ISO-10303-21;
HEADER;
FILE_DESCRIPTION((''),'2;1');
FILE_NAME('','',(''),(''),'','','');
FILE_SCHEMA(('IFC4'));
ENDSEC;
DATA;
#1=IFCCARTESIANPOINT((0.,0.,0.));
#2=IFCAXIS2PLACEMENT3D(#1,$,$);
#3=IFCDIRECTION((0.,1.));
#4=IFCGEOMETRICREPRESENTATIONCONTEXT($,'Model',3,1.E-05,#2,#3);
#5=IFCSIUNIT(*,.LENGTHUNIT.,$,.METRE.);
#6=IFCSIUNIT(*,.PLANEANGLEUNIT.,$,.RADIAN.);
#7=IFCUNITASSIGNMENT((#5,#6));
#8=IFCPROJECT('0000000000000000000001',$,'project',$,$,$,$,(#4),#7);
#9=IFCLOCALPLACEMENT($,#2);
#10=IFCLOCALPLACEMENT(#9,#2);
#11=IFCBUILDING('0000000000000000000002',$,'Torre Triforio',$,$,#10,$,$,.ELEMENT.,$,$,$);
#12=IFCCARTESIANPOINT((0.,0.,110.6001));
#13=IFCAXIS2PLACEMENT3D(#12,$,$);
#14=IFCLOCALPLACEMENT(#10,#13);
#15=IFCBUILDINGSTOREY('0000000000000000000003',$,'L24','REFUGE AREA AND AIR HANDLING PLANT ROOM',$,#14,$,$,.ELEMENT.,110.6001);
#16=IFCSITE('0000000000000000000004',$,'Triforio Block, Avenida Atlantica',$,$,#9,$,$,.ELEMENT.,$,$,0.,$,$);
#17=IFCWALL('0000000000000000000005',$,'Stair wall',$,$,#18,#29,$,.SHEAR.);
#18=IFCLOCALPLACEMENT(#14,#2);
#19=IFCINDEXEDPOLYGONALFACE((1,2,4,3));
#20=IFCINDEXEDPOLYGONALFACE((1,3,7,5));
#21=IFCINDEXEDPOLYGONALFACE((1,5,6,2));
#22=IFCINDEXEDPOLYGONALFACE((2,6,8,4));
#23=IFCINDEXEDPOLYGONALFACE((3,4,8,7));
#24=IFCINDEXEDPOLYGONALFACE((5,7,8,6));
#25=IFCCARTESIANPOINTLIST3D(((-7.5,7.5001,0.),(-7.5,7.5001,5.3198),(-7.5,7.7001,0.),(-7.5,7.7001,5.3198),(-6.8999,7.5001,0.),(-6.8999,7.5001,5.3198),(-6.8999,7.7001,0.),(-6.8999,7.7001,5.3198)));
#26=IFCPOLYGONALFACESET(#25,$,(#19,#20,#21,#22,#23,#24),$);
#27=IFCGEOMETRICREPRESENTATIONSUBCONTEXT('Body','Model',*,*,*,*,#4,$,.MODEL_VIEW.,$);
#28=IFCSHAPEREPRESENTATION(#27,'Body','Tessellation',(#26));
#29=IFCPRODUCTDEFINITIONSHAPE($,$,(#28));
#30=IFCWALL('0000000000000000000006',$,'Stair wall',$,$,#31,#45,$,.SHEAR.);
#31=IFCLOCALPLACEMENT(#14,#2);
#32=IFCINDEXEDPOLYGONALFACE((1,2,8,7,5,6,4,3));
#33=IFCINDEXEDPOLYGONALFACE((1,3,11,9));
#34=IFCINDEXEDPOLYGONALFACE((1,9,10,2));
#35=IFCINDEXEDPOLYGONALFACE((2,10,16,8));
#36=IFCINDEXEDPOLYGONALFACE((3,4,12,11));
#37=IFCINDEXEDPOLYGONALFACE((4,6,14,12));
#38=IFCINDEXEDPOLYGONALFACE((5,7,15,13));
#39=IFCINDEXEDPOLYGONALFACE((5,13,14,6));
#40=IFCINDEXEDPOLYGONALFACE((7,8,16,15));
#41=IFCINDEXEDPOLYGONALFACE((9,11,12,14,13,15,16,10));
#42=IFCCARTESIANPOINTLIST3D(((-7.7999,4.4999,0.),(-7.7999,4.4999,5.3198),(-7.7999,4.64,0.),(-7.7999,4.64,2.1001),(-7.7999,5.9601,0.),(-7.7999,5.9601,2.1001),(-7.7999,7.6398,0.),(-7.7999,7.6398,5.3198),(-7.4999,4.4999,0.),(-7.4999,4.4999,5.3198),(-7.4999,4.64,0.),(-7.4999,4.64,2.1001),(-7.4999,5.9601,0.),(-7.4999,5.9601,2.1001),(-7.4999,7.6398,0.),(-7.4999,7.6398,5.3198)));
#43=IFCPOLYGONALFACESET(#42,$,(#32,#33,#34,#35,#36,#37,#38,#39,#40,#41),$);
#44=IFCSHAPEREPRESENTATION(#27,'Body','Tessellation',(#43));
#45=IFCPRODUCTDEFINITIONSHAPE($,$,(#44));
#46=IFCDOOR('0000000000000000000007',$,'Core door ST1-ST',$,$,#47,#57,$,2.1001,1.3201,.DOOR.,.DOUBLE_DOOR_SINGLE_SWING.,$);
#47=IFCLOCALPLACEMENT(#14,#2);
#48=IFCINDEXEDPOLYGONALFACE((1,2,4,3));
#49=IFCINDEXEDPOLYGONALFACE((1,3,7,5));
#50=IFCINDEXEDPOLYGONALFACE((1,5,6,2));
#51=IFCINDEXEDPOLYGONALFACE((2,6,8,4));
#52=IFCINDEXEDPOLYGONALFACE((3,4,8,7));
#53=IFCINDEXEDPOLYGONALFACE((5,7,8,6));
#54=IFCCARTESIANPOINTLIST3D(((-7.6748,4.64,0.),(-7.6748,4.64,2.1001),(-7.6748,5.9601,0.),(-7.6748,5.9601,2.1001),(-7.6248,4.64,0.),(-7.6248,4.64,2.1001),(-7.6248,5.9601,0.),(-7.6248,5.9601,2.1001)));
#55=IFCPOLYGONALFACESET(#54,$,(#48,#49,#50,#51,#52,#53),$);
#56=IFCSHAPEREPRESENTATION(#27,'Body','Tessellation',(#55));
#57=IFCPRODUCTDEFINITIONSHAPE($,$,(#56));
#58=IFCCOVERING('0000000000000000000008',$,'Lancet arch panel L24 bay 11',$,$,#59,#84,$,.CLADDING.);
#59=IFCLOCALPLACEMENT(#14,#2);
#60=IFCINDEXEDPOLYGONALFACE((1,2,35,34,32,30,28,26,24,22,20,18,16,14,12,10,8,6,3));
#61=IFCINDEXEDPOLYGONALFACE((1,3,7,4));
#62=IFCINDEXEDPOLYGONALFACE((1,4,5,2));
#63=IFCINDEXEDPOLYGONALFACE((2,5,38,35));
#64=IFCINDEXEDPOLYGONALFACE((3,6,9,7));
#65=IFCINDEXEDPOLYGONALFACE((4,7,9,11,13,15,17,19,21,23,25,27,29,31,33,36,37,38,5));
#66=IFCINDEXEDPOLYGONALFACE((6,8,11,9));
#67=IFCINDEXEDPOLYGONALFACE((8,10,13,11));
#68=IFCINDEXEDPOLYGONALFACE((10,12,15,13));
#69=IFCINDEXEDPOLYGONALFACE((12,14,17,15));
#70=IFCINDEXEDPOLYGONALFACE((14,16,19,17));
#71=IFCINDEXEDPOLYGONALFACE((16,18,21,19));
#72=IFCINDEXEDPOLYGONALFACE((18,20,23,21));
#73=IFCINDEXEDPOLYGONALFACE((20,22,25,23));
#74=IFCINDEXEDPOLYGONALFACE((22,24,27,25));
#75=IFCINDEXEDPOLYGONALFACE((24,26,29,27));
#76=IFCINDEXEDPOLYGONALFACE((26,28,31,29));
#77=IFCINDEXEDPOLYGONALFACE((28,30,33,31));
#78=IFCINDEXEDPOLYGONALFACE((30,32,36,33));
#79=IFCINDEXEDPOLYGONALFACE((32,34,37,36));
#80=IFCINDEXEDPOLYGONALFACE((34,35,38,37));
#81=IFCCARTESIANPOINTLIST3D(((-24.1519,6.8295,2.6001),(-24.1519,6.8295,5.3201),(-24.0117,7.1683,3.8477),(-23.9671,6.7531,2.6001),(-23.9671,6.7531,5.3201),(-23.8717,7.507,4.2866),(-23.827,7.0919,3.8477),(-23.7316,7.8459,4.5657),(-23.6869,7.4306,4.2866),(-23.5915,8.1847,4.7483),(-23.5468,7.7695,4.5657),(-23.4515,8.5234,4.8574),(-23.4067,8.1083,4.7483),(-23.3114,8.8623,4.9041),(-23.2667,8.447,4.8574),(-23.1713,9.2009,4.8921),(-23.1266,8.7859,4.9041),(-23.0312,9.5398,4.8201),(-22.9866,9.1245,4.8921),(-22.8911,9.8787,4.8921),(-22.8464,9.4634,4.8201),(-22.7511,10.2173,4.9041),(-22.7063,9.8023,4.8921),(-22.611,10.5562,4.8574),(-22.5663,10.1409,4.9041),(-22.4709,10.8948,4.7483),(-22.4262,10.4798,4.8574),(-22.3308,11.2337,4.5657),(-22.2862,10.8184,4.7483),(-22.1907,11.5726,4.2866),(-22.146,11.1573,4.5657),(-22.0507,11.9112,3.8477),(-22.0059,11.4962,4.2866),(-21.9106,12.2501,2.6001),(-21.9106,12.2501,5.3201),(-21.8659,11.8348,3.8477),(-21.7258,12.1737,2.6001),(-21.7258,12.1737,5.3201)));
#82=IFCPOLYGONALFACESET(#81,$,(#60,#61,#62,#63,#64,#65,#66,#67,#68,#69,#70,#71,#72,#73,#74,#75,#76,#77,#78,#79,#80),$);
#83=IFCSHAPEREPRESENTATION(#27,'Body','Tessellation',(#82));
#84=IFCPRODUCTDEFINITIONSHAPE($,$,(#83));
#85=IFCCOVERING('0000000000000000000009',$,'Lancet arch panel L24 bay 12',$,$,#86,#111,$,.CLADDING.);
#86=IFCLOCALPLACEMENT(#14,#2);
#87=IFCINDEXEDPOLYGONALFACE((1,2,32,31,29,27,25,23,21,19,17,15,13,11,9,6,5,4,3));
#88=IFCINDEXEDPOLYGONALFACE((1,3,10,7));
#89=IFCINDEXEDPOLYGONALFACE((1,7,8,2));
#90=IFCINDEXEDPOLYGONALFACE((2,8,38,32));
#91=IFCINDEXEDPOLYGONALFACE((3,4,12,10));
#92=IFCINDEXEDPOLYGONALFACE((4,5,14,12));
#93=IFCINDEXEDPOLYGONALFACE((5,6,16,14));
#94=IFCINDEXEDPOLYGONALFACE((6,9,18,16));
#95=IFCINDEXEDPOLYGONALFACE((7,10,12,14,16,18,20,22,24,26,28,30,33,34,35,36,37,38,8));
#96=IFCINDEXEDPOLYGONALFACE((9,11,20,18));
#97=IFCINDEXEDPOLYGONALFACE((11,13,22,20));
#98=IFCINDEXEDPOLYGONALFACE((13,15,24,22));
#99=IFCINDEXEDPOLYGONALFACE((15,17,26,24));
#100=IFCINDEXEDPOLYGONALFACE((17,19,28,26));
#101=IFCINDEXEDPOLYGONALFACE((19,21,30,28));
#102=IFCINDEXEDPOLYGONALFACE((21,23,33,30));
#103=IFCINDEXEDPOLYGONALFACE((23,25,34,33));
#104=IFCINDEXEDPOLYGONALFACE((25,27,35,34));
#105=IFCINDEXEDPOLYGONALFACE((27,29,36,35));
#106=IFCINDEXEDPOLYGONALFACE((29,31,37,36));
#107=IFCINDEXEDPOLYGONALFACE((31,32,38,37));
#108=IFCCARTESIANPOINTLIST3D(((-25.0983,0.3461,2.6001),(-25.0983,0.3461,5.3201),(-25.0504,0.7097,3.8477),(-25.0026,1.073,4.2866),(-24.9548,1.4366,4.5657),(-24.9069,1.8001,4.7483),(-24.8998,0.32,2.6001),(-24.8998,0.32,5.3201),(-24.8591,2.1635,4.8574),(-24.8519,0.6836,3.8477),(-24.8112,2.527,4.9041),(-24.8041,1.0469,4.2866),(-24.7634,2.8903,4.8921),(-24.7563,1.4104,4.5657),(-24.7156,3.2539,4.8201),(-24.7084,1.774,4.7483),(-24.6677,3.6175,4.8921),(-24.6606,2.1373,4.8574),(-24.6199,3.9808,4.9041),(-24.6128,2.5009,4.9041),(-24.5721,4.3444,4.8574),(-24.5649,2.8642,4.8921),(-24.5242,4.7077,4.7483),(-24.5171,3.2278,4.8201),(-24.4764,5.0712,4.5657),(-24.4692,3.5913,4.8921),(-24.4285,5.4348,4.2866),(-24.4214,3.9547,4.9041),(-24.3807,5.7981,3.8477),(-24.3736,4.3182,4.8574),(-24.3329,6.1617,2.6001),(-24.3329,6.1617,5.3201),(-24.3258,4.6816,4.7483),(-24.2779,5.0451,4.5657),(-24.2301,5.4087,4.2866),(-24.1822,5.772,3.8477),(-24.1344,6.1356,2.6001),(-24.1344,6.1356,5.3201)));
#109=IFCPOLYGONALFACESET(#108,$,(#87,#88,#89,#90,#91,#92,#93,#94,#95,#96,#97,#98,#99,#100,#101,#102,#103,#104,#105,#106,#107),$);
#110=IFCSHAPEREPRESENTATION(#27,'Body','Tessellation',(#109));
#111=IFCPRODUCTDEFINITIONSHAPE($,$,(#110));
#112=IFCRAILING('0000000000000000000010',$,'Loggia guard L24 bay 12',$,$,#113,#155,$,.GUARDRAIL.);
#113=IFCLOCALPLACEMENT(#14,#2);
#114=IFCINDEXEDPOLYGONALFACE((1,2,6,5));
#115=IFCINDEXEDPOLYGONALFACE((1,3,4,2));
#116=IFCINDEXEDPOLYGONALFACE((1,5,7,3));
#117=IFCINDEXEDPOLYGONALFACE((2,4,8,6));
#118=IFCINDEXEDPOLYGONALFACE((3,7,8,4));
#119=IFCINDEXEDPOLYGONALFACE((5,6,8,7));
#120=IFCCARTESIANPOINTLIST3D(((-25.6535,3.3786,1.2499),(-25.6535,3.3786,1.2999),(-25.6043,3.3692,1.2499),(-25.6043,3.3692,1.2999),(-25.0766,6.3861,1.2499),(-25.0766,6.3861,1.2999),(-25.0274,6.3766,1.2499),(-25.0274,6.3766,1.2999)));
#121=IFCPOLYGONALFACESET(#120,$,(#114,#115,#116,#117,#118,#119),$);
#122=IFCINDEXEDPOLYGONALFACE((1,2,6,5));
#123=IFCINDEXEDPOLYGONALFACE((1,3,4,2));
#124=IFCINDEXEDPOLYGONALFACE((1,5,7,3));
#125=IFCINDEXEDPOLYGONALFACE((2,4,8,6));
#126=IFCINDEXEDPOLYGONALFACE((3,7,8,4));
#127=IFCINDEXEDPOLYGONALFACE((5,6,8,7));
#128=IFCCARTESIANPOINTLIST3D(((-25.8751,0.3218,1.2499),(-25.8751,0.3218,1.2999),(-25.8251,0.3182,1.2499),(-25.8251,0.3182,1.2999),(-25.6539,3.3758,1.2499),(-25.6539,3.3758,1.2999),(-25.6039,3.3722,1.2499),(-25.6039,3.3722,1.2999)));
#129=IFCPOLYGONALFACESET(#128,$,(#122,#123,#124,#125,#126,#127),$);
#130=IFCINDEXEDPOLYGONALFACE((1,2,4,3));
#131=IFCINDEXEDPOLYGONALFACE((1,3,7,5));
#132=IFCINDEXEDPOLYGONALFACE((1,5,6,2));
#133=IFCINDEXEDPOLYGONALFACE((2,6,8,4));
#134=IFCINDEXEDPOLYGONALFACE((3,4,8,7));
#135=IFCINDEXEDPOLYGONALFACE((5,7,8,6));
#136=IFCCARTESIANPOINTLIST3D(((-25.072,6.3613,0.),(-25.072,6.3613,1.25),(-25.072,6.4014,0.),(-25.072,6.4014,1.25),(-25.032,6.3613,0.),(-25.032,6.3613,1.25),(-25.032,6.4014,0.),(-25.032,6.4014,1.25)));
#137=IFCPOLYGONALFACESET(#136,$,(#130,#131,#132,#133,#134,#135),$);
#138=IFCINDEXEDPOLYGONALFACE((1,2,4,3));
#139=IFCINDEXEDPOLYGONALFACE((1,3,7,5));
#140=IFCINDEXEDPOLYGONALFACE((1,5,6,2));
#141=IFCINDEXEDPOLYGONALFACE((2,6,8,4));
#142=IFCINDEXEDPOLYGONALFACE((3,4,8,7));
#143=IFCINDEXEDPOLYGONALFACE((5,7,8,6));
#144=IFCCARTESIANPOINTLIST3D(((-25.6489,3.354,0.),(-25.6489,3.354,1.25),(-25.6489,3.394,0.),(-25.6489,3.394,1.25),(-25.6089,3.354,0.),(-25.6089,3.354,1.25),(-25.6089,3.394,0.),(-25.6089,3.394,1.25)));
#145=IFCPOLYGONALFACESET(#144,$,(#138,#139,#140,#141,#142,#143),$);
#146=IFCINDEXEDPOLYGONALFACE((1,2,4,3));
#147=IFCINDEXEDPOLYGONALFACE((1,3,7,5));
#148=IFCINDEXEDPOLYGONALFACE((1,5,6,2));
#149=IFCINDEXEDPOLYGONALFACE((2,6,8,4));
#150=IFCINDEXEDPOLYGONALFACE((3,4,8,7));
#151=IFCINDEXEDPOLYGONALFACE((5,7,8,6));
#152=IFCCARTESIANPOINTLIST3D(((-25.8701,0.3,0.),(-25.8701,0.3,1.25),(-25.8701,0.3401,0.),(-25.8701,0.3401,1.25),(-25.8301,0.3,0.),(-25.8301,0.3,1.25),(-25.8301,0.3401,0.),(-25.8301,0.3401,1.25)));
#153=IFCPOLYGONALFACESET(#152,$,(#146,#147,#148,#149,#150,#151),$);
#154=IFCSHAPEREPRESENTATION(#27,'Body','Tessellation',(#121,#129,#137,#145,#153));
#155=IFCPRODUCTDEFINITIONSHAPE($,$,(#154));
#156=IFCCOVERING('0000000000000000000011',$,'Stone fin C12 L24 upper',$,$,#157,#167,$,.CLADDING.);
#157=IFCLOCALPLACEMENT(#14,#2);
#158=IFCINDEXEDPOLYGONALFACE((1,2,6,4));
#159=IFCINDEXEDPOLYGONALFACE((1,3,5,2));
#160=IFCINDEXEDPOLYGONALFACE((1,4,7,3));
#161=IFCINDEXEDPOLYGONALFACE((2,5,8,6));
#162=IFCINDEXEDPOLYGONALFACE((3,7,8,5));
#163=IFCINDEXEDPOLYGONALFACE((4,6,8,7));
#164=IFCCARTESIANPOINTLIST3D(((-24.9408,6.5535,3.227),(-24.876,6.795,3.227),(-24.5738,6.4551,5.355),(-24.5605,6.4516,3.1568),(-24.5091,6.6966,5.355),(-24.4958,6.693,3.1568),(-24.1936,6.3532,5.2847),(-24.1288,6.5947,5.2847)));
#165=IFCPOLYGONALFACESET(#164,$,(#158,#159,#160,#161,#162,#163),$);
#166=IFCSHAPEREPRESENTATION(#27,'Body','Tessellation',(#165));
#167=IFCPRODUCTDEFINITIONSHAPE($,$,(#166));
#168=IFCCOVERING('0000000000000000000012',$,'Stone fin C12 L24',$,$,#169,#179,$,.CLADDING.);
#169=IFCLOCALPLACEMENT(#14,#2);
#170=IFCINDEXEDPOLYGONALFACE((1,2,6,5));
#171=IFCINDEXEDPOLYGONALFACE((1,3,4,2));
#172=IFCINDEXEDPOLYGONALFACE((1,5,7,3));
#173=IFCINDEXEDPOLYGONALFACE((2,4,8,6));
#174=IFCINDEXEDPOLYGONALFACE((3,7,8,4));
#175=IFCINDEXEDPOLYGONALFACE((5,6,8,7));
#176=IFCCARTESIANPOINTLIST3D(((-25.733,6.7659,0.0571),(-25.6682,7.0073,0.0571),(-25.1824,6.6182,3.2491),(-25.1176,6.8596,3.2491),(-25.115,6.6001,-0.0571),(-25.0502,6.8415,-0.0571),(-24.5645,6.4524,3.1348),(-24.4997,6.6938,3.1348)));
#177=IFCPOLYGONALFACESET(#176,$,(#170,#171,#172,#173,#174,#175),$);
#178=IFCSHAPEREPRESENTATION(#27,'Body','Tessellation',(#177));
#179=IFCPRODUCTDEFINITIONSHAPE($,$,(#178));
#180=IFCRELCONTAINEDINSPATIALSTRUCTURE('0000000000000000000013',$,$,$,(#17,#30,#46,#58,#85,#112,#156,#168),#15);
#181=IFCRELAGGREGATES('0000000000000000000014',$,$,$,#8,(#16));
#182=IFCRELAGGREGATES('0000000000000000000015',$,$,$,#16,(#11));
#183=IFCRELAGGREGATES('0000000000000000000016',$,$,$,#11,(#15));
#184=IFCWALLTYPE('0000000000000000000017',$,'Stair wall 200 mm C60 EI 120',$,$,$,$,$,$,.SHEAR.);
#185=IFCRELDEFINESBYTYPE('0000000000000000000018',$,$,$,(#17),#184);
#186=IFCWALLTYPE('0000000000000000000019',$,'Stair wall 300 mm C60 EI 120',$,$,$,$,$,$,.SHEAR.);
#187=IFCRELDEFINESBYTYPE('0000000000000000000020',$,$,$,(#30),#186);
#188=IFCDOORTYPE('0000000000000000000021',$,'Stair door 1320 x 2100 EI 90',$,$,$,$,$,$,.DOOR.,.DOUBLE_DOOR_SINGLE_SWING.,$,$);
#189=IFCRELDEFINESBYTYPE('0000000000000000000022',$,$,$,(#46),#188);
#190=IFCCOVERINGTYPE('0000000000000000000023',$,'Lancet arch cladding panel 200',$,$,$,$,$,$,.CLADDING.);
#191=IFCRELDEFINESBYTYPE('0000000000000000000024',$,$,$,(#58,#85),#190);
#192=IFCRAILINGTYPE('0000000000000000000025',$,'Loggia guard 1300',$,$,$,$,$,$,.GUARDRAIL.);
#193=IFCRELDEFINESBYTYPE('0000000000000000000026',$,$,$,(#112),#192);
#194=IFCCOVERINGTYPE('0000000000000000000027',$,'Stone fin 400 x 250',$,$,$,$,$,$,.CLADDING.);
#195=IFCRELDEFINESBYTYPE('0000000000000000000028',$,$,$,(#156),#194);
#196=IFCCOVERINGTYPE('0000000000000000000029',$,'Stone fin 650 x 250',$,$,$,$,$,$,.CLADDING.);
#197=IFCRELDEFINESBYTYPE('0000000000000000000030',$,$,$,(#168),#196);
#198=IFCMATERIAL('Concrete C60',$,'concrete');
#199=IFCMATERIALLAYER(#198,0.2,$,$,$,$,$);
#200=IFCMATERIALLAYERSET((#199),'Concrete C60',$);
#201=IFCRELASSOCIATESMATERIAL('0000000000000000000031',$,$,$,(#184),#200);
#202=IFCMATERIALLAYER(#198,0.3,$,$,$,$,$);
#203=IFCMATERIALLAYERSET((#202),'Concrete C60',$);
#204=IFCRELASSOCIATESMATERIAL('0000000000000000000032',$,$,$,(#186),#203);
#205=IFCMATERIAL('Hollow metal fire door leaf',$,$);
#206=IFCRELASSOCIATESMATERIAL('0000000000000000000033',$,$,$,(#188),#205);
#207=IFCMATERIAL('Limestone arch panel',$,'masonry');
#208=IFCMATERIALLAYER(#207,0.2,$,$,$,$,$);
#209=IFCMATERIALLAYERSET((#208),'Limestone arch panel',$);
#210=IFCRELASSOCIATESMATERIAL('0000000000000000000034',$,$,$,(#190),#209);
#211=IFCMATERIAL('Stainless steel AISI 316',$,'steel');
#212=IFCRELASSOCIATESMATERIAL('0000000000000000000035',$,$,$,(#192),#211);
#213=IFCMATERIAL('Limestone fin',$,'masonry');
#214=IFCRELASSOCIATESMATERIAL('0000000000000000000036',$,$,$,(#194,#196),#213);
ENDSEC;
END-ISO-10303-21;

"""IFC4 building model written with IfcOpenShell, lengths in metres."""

from ifc_helpers import new_model, si_unit, direction, frame, frame_2d, origin, origin_2d, place, context, subcontext, project, spatial, polyline, rectangle, outline, extrude, material, layer, layer_set, material_profile, profile_set, type_object, element, fill, save


model = new_model("IFC4")

# Units and contexts
model_context = context("Model", 3, precision=1e-05, world=origin(), true_north=direction((0.0, 1.0)))
body_context = subcontext(model_context, "Body", "Model", "MODEL_VIEW")
ifc_project = project(units=[si_unit("LENGTHUNIT", "METRE"), si_unit("PLANEANGLEUNIT", "RADIAN")], contexts=[model_context])

# Site, building, storey
site_placement = place(None, origin())
site = spatial("IfcSite", under=ifc_project, at=site_placement, Name="Triforio Block, Avenida Atlantica", CompositionType="ELEMENT", RefElevation=0.0)
building_placement = place(site_placement, origin())
building = spatial("IfcBuilding", under=site, at=building_placement, Name="Torre Triforio", CompositionType="ELEMENT")
storey_placement = place(building_placement, frame((0.0, 0.0, 110.6001)))
storey = spatial("IfcBuildingStorey", under=building, at=storey_placement, Name="L24", Description="REFUGE AREA AND AIR HANDLING PLANT ROOM", CompositionType="ELEMENT", Elevation=110.6001)

# Shared definitions
ifc_material_1 = material(Name="Concrete C60", Category="concrete")

# Shared definitions
ifc_material_2 = material(Name="Hollow metal fire door leaf")

# Wall
ifc_layer_1 = layer(ifc_material_1, 0.2)
ifc_layer_set_1 = layer_set([ifc_layer_1], Name="Concrete C60")
wall_type_1 = type_object("IfcWallType", Name="Stair wall 200 mm C60 EI 120", PredefinedType="SHEAR", material=ifc_layer_set_1)
wall_1_placement = place(storey_placement, frame((-7.5, 7.6001, 0.0), z_axis=(0.0, 0.0, 1.0), x_axis=(1.0, 0.0, 0.0)))
element("IfcWall", 1, at=wall_1_placement, inside=storey, type_object=wall_type_1, Name="Stair wall", PredefinedType="SHEAR", context=body_context, shape_type="SweptSolid", body=[
    extrude(rectangle(XDim=0.6001, YDim=0.2, at=frame_2d((0.3, 0.0))), origin(), (0.0, 0.0, 1.0), 5.3198),
])

# Wall, opening, door
ifc_layer_2 = layer(ifc_material_1, 0.3)
ifc_layer_set_2 = layer_set([ifc_layer_2], Name="Concrete C60")
wall_type_2 = type_object("IfcWallType", Name="Stair wall 300 mm C60 EI 120", PredefinedType="SHEAR", material=ifc_layer_set_2)
wall_2_placement = place(storey_placement, frame((-7.6499, 4.5, 0.0), z_axis=(0.0, 0.0, 1.0), x_axis=(0.0, 1.0, 0.0)))
wall_2 = element("IfcWall", 2, at=wall_2_placement, inside=storey, type_object=wall_type_2, Name="Stair wall", PredefinedType="SHEAR", context=body_context, shape_type="SweptSolid", body=[
    extrude(rectangle(XDim=3.1399, YDim=0.3, at=frame_2d((1.5698, 0.0))), origin(), (0.0, 0.0, 1.0), 5.3198),
])
opening_1_placement = place(wall_2_placement, frame((0.1399, 0.0, 0.0)))
opening_1 = element("IfcOpeningElement", 3, at=opening_1_placement, cuts=wall_2, PredefinedType="OPENING", context=body_context, shape_type="SweptSolid", body=[
    extrude(rectangle(XDim=1.3201, YDim=2.1001, at=frame_2d((0.6602, 1.05))), frame((0.0, 0.1599, 0.0), z_axis=(0.0, -1.0, 0.0), x_axis=(1.0, 0.0, 0.0)), (0.0, 0.0, 1.0), 0.3201),
])
door_type_1 = type_object("IfcDoorType", Name="Stair door 1320 x 2100 EI 90", OperationType="DOUBLE_DOOR_SINGLE_SWING", PredefinedType="DOOR", material=ifc_material_2)
door_1_placement = place(opening_1_placement, origin())
door_1 = element("IfcDoor", 4, at=door_1_placement, inside=storey, type_object=door_type_1, Name="Core door ST1-ST", OperationType="DOUBLE_DOOR_SINGLE_SWING", OverallHeight=2.1001, OverallWidth=1.3201, PredefinedType="DOOR", context=body_context, shape_type="SweptSolid", body=[
    extrude(rectangle(XDim=1.3201, YDim=2.1001, at=frame_2d((0.6602, 1.05))), frame((0.0, 0.0249, 0.0), z_axis=(0.0, -1.0, 0.0), x_axis=(1.0, 0.0, 0.0)), (0.0, 0.0, 1.0), 0.05),
])
fill(opening_1, door_1)

# Coverings
ifc_material_3 = material(Name="Limestone arch panel", Category="masonry")
ifc_layer_3 = layer(ifc_material_3, 0.2)
ifc_layer_set_3 = layer_set([ifc_layer_3], Name="Limestone arch panel")
covering_type_1 = type_object("IfcCoveringType", Name="Lancet arch cladding panel 200", PredefinedType="CLADDING", material=ifc_layer_set_3)
covering_1_placement = place(storey_placement, frame((-22.8464, 9.4634, 0.0), z_axis=(-0.924121, 0.3821, 0.0), x_axis=(-0.3821, -0.924121, 0.0)))
element("IfcCovering", 5, at=covering_1_placement, inside=storey, type_object=covering_type_1, Name="Lancet arch panel L24 bay 11", PredefinedType="CLADDING", context=body_context, shape_type="SweptSolid", body=[
    extrude(outline(polyline([(-2.9329, 5.3201), (-2.9329, 2.6001), (-2.5662, 3.8477), (-2.1997, 4.2866), (-1.833, 4.5657), (-1.4663, 4.7483), (-1.0999, 4.8574), (-0.7332, 4.9041), (-0.3667, 4.8921), (0.0, 4.8201), (0.3667, 4.8921), (0.7332, 4.9041), (1.0999, 4.8574), (1.4663, 4.7483), (1.833, 4.5657), (2.1997, 4.2866), (2.5662, 3.8477), (2.9329, 2.6001), (2.9329, 5.3201), (-2.9329, 5.3201)])), origin(), (0.0, 0.0, 1.0), 0.2),
])
covering_2_placement = place(storey_placement, frame((-24.5171, 3.2278, 0.0), z_axis=(-0.99145, 0.130486, 0.0), x_axis=(-0.130486, -0.99145, 0.0)))
element("IfcCovering", 6, at=covering_2_placement, inside=storey, type_object=covering_type_1, Name="Lancet arch panel L24 bay 12", PredefinedType="CLADDING", context=body_context, shape_type="SweptSolid", body=[
    extrude(outline(polyline([(-2.9329, 5.3201), (-2.9329, 2.6001), (-2.5662, 3.8477), (-2.1997, 4.2866), (-1.833, 4.5657), (-1.4663, 4.7483), (-1.0999, 4.8574), (-0.7332, 4.9041), (-0.3667, 4.8921), (0.0, 4.8201), (0.3667, 4.8921), (0.7332, 4.9041), (1.0999, 4.8574), (1.4663, 4.7483), (1.833, 4.5657), (2.1997, 4.2866), (2.5662, 3.8477), (2.9329, 2.6001), (2.9329, 5.3201), (-2.9329, 5.3201)])), origin(), (0.0, 0.0, 1.0), 0.2002),
])

# Railing
ifc_material_4 = material(Name="Stainless steel AISI 316", Category="steel")
railing_type = type_object("IfcRailingType", Name="Loggia guard 1300", PredefinedType="GUARDRAIL", material=ifc_material_4)
railing_placement = place(storey_placement, frame((-25.052, 6.3813, 0.0)))
element("IfcRailing", 7, at=railing_placement, inside=storey, type_object=railing_type, Name="Loggia guard L24 bay 12", PredefinedType="GUARDRAIL", context=body_context, shape_type="SweptSolid", body=[
    extrude(rectangle(XDim=0.05, YDim=0.05, at=origin_2d()), frame((0.0, 0.0, 1.2749), z_axis=(-0.188398, -0.982093, 0.0), x_axis=(0.982093, -0.188398, 0.0)), (0.0, 0.0, 1.0), 3.0623),
    extrude(rectangle(XDim=0.05, YDim=0.05, at=origin_2d()), frame((-0.5769, -3.0073, 1.2749), z_axis=(-0.072239, -0.997387, 0.0), x_axis=(0.997387, -0.072239, 0.0)), (0.0, 0.0, 1.0), 3.062),
    extrude(rectangle(XDim=0.04, YDim=0.04, at=origin_2d()), origin(), (0.0, 0.0, 1.0), 1.25),
    extrude(rectangle(XDim=0.04, YDim=0.04, at=origin_2d()), frame((-0.5769, -3.0073, 0.0)), (0.0, 0.0, 1.0), 1.25),
    extrude(rectangle(XDim=0.04, YDim=0.04, at=origin_2d()), frame((-0.7981, -6.0613, 0.0)), (0.0, 0.0, 1.0), 1.25),
])

# Coverings
ifc_material_5 = material(Name="Limestone fin", Category="masonry")
ifc_material_profile_1 = material_profile(ifc_material_5, rectangle(XDim=0.3999, YDim=0.25, at=origin_2d()), Name="FIN 400x250")
ifc_profile_set_1 = profile_set([ifc_material_profile_1], Name="Limestone fin")
covering_type_2 = type_object("IfcCoveringType", Name="Stone fin 400 x 250", PredefinedType="CLADDING", material=ifc_profile_set_1)
covering_3_placement = place(storey_placement, frame((-24.7183, 6.6233, 3.1919), z_axis=(0.169757, -0.045517, 0.984434), x_axis=(-0.950847, 0.254951, 0.175754)))
element("IfcCovering", 8, at=covering_3_placement, inside=storey, type_object=covering_type_2, Name="Stone fin C12 L24 upper", PredefinedType="CLADDING", context=body_context, shape_type="SweptSolid", body=[
    extrude(rectangle(XDim=0.3999, YDim=0.25, at=origin_2d()), origin(), (0.0, 0.0, 1.0), 2.1616),
])
ifc_material_profile_2 = material_profile(ifc_material_5, rectangle(XDim=0.6499, YDim=0.25, at=origin_2d()), Name="FIN 650x250")
ifc_profile_set_2 = profile_set([ifc_material_profile_2], Name="Limestone fin")
covering_type_3 = type_object("IfcCoveringType", Name="Stone fin 650 x 250", PredefinedType="CLADDING", material=ifc_profile_set_2)
covering_4_placement = place(storey_placement, frame((-25.3916, 6.8037, 0.0), z_axis=(0.169794, -0.045554, 0.984426), x_axis=(-0.950801, 0.255093, 0.175798)))
element("IfcCovering", 9, at=covering_4_placement, inside=storey, type_object=covering_type_3, Name="Stone fin C12 L24", PredefinedType="CLADDING", context=body_context, shape_type="SweptSolid", body=[
    extrude(rectangle(XDim=0.6499, YDim=0.25, at=origin_2d()), origin(), (0.0, 0.0, 1.0), 3.2424),
])

save(model, "model.ifc")
